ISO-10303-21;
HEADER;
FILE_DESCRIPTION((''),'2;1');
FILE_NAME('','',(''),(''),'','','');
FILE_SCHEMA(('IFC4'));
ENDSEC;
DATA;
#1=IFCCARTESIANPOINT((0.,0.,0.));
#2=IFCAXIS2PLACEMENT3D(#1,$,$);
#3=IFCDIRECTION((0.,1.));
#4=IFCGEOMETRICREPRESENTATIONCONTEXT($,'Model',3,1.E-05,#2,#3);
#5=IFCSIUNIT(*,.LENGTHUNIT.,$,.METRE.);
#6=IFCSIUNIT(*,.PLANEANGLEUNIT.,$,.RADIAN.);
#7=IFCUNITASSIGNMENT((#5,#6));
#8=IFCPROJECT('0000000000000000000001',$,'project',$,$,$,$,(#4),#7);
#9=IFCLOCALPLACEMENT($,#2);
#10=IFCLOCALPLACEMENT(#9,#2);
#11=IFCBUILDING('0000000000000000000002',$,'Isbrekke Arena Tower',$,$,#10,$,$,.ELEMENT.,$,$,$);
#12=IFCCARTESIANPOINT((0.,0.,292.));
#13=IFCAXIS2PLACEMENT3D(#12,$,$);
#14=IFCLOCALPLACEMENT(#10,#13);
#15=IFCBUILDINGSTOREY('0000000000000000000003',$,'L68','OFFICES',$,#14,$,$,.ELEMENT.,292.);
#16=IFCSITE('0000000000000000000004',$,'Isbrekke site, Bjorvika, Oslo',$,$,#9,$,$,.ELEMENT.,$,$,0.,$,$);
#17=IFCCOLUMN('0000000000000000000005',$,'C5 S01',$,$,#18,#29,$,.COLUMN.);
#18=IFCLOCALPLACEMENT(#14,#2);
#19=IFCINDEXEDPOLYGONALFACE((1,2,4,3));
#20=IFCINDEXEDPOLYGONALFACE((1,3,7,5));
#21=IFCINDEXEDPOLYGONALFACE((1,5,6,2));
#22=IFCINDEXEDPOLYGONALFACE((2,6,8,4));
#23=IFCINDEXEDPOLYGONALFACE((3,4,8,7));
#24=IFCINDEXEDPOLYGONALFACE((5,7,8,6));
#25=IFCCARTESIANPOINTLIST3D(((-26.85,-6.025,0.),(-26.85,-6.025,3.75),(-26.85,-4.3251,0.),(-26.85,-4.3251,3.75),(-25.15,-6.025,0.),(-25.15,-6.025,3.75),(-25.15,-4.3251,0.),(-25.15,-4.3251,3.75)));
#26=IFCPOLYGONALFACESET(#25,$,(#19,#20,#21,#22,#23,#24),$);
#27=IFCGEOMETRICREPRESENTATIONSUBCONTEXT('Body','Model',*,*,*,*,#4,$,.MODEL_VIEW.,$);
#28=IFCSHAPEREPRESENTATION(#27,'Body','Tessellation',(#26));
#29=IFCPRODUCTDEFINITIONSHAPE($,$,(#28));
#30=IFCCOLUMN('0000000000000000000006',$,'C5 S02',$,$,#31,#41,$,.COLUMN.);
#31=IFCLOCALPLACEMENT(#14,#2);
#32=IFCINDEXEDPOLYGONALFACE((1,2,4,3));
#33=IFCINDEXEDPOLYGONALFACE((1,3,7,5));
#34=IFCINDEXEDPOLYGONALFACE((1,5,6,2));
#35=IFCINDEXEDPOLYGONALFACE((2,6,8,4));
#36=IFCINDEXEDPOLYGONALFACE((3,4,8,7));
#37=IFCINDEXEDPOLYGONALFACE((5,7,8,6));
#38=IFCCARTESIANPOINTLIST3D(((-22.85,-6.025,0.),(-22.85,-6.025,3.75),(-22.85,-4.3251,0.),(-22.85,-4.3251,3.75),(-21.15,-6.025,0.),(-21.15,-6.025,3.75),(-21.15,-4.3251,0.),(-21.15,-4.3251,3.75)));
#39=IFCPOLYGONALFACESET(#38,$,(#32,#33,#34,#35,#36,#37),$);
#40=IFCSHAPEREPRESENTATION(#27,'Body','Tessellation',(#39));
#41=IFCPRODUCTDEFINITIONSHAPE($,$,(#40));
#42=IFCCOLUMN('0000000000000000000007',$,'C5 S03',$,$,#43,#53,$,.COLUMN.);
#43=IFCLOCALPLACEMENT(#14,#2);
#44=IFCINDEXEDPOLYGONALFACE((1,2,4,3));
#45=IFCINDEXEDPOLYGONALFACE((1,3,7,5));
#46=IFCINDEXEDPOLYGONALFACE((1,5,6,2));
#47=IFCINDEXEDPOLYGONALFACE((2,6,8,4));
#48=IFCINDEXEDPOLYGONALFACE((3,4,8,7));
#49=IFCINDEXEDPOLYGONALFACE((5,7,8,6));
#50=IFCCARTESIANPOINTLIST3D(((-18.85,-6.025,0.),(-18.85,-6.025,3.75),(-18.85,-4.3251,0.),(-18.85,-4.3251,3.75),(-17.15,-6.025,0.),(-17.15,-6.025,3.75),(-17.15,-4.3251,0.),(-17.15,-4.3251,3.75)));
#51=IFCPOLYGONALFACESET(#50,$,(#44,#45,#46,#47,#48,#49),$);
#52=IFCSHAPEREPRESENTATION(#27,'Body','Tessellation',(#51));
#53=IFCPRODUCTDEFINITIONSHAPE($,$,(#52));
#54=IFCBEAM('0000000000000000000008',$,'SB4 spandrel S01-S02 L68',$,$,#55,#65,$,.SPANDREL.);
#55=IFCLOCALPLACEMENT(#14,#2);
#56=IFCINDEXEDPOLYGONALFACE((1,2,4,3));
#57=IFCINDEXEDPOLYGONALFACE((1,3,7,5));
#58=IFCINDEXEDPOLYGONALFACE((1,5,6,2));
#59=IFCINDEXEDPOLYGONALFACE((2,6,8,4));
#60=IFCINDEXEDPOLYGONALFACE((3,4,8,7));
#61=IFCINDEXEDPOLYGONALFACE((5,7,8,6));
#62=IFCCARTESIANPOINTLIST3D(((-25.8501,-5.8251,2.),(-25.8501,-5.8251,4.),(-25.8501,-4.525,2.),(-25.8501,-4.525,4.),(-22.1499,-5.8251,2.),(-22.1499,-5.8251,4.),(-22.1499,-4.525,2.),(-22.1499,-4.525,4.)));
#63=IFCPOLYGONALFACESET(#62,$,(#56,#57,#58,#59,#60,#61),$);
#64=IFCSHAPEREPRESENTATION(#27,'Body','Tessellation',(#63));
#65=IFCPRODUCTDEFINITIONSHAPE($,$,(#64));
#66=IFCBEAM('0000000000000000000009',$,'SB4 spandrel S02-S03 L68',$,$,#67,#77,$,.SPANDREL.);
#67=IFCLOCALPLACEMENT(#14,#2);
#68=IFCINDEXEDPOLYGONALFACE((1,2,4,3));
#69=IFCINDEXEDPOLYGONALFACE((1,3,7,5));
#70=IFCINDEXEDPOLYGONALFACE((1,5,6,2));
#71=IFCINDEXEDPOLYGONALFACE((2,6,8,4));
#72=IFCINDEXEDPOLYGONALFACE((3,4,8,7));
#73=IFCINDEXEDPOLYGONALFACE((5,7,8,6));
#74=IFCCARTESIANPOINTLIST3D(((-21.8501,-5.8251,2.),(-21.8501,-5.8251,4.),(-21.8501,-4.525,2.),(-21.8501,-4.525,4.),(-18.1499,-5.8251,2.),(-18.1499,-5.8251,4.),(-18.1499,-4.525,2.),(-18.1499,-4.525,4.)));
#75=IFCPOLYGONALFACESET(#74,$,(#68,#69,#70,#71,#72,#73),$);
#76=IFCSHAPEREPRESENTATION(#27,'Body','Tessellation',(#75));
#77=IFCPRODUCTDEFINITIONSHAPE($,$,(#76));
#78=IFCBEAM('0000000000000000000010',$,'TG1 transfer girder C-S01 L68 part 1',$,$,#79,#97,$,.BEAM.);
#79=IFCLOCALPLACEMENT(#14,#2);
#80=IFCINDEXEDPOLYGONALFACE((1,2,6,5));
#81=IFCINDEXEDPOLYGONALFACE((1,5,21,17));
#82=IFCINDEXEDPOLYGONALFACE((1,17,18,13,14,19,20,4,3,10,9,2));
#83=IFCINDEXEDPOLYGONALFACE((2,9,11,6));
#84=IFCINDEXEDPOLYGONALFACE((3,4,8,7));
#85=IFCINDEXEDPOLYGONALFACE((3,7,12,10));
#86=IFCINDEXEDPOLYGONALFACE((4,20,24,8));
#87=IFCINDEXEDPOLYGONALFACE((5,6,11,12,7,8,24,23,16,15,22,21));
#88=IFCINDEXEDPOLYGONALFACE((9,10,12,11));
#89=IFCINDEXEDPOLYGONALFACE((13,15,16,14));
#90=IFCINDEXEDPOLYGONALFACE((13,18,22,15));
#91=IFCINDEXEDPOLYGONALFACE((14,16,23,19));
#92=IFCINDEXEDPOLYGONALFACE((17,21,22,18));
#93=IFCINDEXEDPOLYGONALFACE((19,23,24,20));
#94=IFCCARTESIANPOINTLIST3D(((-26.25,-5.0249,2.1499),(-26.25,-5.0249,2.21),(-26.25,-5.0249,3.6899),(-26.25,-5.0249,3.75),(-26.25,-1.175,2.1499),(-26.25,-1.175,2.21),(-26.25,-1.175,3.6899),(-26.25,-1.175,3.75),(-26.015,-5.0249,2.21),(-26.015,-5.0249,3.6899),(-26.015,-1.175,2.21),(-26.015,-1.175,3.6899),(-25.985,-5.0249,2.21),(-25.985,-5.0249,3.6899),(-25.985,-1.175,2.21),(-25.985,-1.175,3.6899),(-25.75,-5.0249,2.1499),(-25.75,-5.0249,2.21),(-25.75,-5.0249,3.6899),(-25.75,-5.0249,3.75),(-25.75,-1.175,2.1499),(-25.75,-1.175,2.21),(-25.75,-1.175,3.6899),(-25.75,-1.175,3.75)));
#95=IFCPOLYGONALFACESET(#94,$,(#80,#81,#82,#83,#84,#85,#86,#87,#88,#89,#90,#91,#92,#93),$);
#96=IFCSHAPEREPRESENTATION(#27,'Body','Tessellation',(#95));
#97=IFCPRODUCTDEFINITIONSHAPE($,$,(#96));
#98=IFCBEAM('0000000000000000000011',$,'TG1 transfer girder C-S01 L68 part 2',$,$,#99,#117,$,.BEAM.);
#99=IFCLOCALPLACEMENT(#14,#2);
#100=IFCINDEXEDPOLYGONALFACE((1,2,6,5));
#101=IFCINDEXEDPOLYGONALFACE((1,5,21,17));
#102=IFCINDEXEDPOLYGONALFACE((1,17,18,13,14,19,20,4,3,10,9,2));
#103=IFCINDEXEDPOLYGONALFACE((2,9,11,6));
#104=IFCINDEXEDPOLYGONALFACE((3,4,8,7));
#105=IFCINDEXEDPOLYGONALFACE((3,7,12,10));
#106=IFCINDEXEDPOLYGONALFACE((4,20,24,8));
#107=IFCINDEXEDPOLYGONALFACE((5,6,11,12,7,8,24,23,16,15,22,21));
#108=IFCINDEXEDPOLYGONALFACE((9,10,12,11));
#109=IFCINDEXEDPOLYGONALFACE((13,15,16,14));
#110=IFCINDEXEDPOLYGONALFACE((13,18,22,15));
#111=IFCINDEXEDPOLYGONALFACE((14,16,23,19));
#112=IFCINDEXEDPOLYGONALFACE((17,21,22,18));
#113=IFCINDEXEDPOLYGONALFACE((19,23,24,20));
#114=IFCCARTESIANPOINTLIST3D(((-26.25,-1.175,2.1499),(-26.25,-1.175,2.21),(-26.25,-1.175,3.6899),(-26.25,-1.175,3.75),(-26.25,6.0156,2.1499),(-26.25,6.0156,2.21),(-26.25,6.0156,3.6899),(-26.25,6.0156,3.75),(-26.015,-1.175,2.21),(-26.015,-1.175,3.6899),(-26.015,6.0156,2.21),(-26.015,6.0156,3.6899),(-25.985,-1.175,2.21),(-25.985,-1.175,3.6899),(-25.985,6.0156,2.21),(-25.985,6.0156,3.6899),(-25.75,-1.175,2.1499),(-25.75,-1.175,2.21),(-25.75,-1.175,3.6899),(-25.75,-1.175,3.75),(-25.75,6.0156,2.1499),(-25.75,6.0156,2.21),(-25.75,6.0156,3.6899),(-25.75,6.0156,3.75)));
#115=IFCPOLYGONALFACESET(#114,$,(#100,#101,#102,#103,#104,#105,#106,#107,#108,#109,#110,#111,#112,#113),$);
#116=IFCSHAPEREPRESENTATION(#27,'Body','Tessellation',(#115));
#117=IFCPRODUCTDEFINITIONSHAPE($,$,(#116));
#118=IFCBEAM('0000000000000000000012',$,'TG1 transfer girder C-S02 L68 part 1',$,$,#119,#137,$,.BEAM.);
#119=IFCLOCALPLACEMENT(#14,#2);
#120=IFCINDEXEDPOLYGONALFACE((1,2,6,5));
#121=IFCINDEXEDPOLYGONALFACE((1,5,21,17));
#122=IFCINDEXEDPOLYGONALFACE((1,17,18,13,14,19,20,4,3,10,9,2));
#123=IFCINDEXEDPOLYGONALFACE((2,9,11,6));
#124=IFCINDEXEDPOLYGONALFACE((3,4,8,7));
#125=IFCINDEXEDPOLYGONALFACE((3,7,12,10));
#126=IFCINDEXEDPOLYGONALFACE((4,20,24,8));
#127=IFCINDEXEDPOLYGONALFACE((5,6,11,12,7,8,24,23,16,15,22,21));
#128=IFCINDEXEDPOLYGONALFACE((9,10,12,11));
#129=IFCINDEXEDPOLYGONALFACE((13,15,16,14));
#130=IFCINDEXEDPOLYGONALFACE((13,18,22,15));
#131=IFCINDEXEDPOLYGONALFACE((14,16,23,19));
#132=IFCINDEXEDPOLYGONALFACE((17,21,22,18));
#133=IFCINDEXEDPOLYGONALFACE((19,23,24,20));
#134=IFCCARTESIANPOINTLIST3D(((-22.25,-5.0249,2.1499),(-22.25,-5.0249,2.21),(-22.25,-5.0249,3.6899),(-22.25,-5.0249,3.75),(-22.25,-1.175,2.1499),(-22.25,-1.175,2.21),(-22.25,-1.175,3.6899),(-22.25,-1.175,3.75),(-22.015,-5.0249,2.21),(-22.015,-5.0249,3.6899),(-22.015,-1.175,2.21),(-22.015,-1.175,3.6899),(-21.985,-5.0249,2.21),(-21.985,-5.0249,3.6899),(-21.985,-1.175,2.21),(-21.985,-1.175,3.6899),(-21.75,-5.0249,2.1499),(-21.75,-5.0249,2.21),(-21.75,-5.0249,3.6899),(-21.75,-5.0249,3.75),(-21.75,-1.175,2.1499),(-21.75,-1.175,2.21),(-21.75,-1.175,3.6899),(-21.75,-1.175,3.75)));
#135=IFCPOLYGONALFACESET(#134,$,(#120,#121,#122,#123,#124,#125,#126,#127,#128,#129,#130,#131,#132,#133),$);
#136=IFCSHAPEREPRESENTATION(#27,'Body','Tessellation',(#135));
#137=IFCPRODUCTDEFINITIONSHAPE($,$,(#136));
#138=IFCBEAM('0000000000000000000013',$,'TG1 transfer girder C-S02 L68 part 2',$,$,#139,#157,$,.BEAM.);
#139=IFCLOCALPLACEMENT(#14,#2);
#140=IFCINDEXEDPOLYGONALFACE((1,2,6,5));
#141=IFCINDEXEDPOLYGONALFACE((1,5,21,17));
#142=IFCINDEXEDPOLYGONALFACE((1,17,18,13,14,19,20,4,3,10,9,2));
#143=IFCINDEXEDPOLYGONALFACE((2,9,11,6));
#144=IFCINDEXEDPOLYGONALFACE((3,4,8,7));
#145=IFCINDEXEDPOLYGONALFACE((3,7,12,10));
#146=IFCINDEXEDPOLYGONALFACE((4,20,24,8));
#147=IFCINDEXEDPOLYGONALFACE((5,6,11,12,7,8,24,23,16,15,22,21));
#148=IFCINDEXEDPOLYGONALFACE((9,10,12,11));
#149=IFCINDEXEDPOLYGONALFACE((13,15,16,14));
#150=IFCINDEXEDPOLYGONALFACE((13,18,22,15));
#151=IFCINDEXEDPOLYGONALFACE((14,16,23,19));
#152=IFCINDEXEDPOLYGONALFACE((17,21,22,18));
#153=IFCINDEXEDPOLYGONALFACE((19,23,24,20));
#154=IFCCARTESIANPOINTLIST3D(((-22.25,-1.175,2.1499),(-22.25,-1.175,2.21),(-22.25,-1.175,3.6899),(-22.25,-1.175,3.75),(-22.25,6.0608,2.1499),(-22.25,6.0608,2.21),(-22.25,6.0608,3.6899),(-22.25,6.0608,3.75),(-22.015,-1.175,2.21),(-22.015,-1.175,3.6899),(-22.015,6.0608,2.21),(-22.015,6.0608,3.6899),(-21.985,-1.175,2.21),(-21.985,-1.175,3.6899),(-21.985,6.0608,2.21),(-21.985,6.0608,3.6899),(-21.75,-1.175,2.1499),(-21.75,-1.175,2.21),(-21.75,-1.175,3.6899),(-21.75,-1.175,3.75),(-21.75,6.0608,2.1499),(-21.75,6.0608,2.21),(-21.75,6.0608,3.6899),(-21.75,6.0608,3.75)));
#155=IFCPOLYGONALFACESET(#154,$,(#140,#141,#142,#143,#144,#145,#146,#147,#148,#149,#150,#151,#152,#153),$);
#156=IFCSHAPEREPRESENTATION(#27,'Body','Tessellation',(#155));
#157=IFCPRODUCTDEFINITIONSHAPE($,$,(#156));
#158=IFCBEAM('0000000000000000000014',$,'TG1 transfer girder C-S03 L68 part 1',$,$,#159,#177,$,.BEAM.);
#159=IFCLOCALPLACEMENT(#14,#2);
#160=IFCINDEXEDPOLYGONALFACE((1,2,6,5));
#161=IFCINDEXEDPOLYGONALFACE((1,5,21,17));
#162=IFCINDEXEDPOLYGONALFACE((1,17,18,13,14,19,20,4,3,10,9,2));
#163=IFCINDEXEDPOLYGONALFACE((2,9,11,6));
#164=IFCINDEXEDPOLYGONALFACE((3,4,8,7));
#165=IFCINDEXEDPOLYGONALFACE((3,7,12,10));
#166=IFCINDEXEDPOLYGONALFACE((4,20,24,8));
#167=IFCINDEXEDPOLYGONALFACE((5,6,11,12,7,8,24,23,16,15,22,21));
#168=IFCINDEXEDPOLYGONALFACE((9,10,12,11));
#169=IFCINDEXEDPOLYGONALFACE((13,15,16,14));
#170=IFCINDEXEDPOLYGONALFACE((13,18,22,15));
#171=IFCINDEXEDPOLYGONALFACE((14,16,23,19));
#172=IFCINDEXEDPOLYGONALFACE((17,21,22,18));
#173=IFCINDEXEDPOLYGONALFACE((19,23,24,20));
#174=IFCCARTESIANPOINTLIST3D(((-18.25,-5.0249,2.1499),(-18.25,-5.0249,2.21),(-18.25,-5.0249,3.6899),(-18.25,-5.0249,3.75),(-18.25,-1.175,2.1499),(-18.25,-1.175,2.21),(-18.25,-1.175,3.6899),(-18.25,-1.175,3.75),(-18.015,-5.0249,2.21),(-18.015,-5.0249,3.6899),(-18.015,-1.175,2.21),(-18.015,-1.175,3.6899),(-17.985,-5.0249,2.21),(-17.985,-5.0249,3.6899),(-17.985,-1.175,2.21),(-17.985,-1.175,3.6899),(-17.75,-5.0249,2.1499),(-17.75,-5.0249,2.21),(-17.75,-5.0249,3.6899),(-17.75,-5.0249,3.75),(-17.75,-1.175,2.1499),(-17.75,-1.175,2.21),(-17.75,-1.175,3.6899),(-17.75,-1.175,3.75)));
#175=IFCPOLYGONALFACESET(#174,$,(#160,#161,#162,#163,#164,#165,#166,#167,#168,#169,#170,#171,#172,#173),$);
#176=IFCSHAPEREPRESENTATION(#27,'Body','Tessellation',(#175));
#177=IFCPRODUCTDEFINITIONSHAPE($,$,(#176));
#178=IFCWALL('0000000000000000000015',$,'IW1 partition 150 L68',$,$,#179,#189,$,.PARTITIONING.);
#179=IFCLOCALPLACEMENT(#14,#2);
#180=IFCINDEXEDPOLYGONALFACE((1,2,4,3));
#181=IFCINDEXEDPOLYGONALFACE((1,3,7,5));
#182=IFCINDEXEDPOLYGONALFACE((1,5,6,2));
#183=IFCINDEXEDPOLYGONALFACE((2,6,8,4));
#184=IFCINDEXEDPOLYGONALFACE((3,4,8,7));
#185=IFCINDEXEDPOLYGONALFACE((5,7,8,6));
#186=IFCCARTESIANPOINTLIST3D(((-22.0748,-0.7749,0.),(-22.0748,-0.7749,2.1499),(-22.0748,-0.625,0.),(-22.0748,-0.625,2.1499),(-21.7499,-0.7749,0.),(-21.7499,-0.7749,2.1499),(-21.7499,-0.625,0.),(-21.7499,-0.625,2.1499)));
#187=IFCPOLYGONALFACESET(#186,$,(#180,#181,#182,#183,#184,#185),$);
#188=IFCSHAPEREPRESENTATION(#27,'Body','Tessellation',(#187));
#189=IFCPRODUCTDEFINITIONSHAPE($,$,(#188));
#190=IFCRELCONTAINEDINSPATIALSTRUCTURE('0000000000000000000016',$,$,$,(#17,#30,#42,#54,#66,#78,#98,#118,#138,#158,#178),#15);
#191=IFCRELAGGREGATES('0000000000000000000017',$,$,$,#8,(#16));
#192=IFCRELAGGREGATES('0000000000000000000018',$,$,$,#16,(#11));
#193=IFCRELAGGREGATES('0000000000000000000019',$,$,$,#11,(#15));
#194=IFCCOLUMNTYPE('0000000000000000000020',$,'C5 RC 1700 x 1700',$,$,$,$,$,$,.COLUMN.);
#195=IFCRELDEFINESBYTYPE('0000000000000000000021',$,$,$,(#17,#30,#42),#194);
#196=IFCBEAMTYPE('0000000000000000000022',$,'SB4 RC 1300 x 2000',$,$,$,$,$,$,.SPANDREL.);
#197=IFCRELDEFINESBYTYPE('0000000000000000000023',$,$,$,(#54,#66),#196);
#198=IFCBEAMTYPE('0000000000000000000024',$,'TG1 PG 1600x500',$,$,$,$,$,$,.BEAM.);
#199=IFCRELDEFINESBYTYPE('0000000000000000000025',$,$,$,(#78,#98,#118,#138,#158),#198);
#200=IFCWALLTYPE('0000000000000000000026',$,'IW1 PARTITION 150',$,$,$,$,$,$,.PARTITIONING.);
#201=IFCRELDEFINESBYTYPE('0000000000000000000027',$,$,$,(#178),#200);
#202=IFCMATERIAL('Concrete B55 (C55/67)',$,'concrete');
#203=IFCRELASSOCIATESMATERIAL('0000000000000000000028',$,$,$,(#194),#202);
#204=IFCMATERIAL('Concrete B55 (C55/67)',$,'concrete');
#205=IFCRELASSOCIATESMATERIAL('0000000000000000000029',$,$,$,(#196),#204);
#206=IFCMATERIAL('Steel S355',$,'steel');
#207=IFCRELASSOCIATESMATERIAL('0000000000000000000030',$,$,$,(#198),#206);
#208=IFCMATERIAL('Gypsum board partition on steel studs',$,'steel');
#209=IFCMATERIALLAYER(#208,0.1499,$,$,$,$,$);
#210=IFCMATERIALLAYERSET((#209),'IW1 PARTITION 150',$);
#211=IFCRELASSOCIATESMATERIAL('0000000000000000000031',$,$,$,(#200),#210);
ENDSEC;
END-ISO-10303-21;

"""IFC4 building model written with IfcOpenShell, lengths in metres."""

from ifc_helpers import new_model, si_unit, direction, frame, frame_2d, origin, origin_2d, place, context, subcontext, project, spatial, rectangle, i_section, extrude, material, layer, layer_set, material_profile, profile_set, type_object, element, save


model = new_model("IFC4")

# Units and contexts
model_context = context("Model", 3, precision=1e-05, world=origin(), true_north=direction((0.0, 1.0)))
body_context = subcontext(model_context, "Body", "Model", "MODEL_VIEW")
ifc_project = project(units=[si_unit("LENGTHUNIT", "METRE"), si_unit("PLANEANGLEUNIT", "RADIAN")], contexts=[model_context])

# Site, building, storey
site_placement = place(None, origin())
site = spatial("IfcSite", under=ifc_project, at=site_placement, Name="Isbrekke site, Bjorvika, Oslo", CompositionType="ELEMENT", RefElevation=0.0)
building_placement = place(site_placement, origin())
building = spatial("IfcBuilding", under=site, at=building_placement, Name="Isbrekke Arena Tower", CompositionType="ELEMENT")
storey_placement = place(building_placement, frame((0.0, 0.0, 292.0)))
storey = spatial("IfcBuildingStorey", under=building, at=storey_placement, Name="L68", Description="OFFICES", CompositionType="ELEMENT", Elevation=292.0)

# Columns
ifc_material_1 = material(Name="Concrete B55 (C55/67)", Category="concrete")
ifc_material_profile_1 = material_profile(ifc_material_1, rectangle(XDim=1.7, YDim=1.7, at=origin_2d()), Name="RC 1700x1700")
ifc_profile_set_1 = profile_set([ifc_material_profile_1], Name="Concrete B55 (C55/67)")
column_type = type_object("IfcColumnType", Name="C5 RC 1700 x 1700", PredefinedType="COLUMN", material=ifc_profile_set_1)
for number, where, z_axis, x_axis, name in (
    (1, (-26.0, -5.175, 0.0), (0.0, 0.0, 1.0), (1.0, 0.0, 0.0), "C5 S01"),
    (2, (-22.0, -5.175, 0.0), (0.0, 0.0, 1.0), (1.0, 0.0, 0.0), "C5 S02"),
    (3, (-18.0, -5.175, 0.0), (0.0, 0.0, 1.0), (1.0, 0.0, 0.0), "C5 S03"),
):
    element("IfcColumn", number, at=place(storey_placement, frame(where, z_axis=z_axis, x_axis=x_axis)), inside=storey, type_object=column_type, Name=name, PredefinedType="COLUMN", context=body_context, shape_type="SweptSolid", body=[
        extrude(rectangle(XDim=1.7, YDim=1.7, at=origin_2d()), origin(), (0.0, 0.0, 1.0), 3.75),
    ])

# Beams
ifc_material_2 = material(Name="Concrete B55 (C55/67)", Category="concrete")
ifc_material_profile_2 = material_profile(ifc_material_2, rectangle(XDim=1.3, YDim=2.0, at=origin_2d()), Name="RC 1300x2000")
ifc_profile_set_2 = profile_set([ifc_material_profile_2], Name="Concrete B55 (C55/67)")
beam_type_1 = type_object("IfcBeamType", Name="SB4 RC 1300 x 2000", PredefinedType="SPANDREL", material=ifc_profile_set_2)
for number, where, z_axis, x_axis, name in (
    (4, (-25.8501, -5.175, 3.0), (1.0, 0.0, 0.0), (0.0, 1.0, 0.0), "SB4 spandrel S01-S02 L68"),
    (5, (-21.8501, -5.175, 3.0), (1.0, 0.0, 0.0), (0.0, 1.0, 0.0), "SB4 spandrel S02-S03 L68"),
):
    element("IfcBeam", number, at=place(storey_placement, frame(where, z_axis=z_axis, x_axis=x_axis)), inside=storey, type_object=beam_type_1, Name=name, PredefinedType="SPANDREL", context=body_context, shape_type="SweptSolid", body=[
        extrude(rectangle(XDim=1.3, YDim=2.0, at=origin_2d()), origin(), (0.0, 0.0, 1.0), 3.7002),
    ])
ifc_material_3 = material(Name="Steel S355", Category="steel")
ifc_material_profile_3 = material_profile(ifc_material_3, i_section(OverallWidth=0.5, OverallDepth=1.6001, WebThickness=0.03, FlangeThickness=0.0601, at=origin_2d()), Name="PG 1600x500")
ifc_profile_set_3 = profile_set([ifc_material_profile_3], Name="Steel S355")
beam_type_2 = type_object("IfcBeamType", Name="TG1 PG 1600x500", PredefinedType="BEAM", material=ifc_profile_set_3)
beam_1_placement = place(storey_placement, frame((-26.0, -5.0249, 2.95), z_axis=(0.0, 1.0, 0.0), x_axis=(-1.0, 0.0, 0.0)))
element("IfcBeam", 6, at=beam_1_placement, inside=storey, type_object=beam_type_2, Name="TG1 transfer girder C-S01 L68 part 1", PredefinedType="BEAM", context=body_context, shape_type="SweptSolid", body=[
    extrude(i_section(OverallWidth=0.5, OverallDepth=1.6001, WebThickness=0.03, FlangeThickness=0.0601, at=origin_2d()), origin(), (0.0, 0.0, 1.0), 3.8499),
])
beam_2_placement = place(storey_placement, frame((-26.0, -1.175, 2.95), z_axis=(0.0, 1.0, 0.0), x_axis=(-1.0, 0.0, 0.0)))
element("IfcBeam", 7, at=beam_2_placement, inside=storey, type_object=beam_type_2, Name="TG1 transfer girder C-S01 L68 part 2", PredefinedType="BEAM", context=body_context, shape_type="SweptSolid", body=[
    extrude(i_section(OverallWidth=0.5, OverallDepth=1.6001, WebThickness=0.03, FlangeThickness=0.0601, at=origin_2d()), origin(), (0.0, 0.0, 1.0), 7.1907),
])
beam_3_placement = place(storey_placement, frame((-22.0, -5.0249, 2.95), z_axis=(0.0, 1.0, 0.0), x_axis=(-1.0, 0.0, 0.0)))
element("IfcBeam", 8, at=beam_3_placement, inside=storey, type_object=beam_type_2, Name="TG1 transfer girder C-S02 L68 part 1", PredefinedType="BEAM", context=body_context, shape_type="SweptSolid", body=[
    extrude(i_section(OverallWidth=0.5, OverallDepth=1.6001, WebThickness=0.03, FlangeThickness=0.0601, at=origin_2d()), origin(), (0.0, 0.0, 1.0), 3.8499),
])
beam_4_placement = place(storey_placement, frame((-22.0, -1.175, 2.95), z_axis=(0.0, 1.0, 0.0), x_axis=(-1.0, 0.0, 0.0)))
element("IfcBeam", 9, at=beam_4_placement, inside=storey, type_object=beam_type_2, Name="TG1 transfer girder C-S02 L68 part 2", PredefinedType="BEAM", context=body_context, shape_type="SweptSolid", body=[
    extrude(i_section(OverallWidth=0.5, OverallDepth=1.6001, WebThickness=0.03, FlangeThickness=0.0601, at=origin_2d()), origin(), (0.0, 0.0, 1.0), 7.2358),
])
beam_5_placement = place(storey_placement, frame((-18.0, -5.0249, 2.95), z_axis=(0.0, 1.0, 0.0), x_axis=(-1.0, 0.0, 0.0)))
element("IfcBeam", 10, at=beam_5_placement, inside=storey, type_object=beam_type_2, Name="TG1 transfer girder C-S03 L68 part 1", PredefinedType="BEAM", context=body_context, shape_type="SweptSolid", body=[
    extrude(i_section(OverallWidth=0.5, OverallDepth=1.6001, WebThickness=0.03, FlangeThickness=0.0601, at=origin_2d()), origin(), (0.0, 0.0, 1.0), 3.8499),
])

# Wall
ifc_material_4 = material(Name="Gypsum board partition on steel studs", Category="steel")
ifc_layer = layer(ifc_material_4, 0.1499)
ifc_layer_set = layer_set([ifc_layer], Name="IW1 PARTITION 150")
wall_type = type_object("IfcWallType", Name="IW1 PARTITION 150", PredefinedType="PARTITIONING", material=ifc_layer_set)
wall_1_placement = place(storey_placement, frame((-22.075, -0.7, 0.0), z_axis=(0.0, 0.0, 1.0), x_axis=(1.0, 0.0, 0.0)))
element("IfcWall", 11, at=wall_1_placement, inside=storey, type_object=wall_type, Name="IW1 partition 150 L68", PredefinedType="PARTITIONING", context=body_context, shape_type="SweptSolid", body=[
    extrude(rectangle(XDim=0.325, YDim=0.1499, at=frame_2d((0.1626, 0.0))), origin(), (0.0, 0.0, 1.0), 2.1499),
])

save(model, "model.ifc")
